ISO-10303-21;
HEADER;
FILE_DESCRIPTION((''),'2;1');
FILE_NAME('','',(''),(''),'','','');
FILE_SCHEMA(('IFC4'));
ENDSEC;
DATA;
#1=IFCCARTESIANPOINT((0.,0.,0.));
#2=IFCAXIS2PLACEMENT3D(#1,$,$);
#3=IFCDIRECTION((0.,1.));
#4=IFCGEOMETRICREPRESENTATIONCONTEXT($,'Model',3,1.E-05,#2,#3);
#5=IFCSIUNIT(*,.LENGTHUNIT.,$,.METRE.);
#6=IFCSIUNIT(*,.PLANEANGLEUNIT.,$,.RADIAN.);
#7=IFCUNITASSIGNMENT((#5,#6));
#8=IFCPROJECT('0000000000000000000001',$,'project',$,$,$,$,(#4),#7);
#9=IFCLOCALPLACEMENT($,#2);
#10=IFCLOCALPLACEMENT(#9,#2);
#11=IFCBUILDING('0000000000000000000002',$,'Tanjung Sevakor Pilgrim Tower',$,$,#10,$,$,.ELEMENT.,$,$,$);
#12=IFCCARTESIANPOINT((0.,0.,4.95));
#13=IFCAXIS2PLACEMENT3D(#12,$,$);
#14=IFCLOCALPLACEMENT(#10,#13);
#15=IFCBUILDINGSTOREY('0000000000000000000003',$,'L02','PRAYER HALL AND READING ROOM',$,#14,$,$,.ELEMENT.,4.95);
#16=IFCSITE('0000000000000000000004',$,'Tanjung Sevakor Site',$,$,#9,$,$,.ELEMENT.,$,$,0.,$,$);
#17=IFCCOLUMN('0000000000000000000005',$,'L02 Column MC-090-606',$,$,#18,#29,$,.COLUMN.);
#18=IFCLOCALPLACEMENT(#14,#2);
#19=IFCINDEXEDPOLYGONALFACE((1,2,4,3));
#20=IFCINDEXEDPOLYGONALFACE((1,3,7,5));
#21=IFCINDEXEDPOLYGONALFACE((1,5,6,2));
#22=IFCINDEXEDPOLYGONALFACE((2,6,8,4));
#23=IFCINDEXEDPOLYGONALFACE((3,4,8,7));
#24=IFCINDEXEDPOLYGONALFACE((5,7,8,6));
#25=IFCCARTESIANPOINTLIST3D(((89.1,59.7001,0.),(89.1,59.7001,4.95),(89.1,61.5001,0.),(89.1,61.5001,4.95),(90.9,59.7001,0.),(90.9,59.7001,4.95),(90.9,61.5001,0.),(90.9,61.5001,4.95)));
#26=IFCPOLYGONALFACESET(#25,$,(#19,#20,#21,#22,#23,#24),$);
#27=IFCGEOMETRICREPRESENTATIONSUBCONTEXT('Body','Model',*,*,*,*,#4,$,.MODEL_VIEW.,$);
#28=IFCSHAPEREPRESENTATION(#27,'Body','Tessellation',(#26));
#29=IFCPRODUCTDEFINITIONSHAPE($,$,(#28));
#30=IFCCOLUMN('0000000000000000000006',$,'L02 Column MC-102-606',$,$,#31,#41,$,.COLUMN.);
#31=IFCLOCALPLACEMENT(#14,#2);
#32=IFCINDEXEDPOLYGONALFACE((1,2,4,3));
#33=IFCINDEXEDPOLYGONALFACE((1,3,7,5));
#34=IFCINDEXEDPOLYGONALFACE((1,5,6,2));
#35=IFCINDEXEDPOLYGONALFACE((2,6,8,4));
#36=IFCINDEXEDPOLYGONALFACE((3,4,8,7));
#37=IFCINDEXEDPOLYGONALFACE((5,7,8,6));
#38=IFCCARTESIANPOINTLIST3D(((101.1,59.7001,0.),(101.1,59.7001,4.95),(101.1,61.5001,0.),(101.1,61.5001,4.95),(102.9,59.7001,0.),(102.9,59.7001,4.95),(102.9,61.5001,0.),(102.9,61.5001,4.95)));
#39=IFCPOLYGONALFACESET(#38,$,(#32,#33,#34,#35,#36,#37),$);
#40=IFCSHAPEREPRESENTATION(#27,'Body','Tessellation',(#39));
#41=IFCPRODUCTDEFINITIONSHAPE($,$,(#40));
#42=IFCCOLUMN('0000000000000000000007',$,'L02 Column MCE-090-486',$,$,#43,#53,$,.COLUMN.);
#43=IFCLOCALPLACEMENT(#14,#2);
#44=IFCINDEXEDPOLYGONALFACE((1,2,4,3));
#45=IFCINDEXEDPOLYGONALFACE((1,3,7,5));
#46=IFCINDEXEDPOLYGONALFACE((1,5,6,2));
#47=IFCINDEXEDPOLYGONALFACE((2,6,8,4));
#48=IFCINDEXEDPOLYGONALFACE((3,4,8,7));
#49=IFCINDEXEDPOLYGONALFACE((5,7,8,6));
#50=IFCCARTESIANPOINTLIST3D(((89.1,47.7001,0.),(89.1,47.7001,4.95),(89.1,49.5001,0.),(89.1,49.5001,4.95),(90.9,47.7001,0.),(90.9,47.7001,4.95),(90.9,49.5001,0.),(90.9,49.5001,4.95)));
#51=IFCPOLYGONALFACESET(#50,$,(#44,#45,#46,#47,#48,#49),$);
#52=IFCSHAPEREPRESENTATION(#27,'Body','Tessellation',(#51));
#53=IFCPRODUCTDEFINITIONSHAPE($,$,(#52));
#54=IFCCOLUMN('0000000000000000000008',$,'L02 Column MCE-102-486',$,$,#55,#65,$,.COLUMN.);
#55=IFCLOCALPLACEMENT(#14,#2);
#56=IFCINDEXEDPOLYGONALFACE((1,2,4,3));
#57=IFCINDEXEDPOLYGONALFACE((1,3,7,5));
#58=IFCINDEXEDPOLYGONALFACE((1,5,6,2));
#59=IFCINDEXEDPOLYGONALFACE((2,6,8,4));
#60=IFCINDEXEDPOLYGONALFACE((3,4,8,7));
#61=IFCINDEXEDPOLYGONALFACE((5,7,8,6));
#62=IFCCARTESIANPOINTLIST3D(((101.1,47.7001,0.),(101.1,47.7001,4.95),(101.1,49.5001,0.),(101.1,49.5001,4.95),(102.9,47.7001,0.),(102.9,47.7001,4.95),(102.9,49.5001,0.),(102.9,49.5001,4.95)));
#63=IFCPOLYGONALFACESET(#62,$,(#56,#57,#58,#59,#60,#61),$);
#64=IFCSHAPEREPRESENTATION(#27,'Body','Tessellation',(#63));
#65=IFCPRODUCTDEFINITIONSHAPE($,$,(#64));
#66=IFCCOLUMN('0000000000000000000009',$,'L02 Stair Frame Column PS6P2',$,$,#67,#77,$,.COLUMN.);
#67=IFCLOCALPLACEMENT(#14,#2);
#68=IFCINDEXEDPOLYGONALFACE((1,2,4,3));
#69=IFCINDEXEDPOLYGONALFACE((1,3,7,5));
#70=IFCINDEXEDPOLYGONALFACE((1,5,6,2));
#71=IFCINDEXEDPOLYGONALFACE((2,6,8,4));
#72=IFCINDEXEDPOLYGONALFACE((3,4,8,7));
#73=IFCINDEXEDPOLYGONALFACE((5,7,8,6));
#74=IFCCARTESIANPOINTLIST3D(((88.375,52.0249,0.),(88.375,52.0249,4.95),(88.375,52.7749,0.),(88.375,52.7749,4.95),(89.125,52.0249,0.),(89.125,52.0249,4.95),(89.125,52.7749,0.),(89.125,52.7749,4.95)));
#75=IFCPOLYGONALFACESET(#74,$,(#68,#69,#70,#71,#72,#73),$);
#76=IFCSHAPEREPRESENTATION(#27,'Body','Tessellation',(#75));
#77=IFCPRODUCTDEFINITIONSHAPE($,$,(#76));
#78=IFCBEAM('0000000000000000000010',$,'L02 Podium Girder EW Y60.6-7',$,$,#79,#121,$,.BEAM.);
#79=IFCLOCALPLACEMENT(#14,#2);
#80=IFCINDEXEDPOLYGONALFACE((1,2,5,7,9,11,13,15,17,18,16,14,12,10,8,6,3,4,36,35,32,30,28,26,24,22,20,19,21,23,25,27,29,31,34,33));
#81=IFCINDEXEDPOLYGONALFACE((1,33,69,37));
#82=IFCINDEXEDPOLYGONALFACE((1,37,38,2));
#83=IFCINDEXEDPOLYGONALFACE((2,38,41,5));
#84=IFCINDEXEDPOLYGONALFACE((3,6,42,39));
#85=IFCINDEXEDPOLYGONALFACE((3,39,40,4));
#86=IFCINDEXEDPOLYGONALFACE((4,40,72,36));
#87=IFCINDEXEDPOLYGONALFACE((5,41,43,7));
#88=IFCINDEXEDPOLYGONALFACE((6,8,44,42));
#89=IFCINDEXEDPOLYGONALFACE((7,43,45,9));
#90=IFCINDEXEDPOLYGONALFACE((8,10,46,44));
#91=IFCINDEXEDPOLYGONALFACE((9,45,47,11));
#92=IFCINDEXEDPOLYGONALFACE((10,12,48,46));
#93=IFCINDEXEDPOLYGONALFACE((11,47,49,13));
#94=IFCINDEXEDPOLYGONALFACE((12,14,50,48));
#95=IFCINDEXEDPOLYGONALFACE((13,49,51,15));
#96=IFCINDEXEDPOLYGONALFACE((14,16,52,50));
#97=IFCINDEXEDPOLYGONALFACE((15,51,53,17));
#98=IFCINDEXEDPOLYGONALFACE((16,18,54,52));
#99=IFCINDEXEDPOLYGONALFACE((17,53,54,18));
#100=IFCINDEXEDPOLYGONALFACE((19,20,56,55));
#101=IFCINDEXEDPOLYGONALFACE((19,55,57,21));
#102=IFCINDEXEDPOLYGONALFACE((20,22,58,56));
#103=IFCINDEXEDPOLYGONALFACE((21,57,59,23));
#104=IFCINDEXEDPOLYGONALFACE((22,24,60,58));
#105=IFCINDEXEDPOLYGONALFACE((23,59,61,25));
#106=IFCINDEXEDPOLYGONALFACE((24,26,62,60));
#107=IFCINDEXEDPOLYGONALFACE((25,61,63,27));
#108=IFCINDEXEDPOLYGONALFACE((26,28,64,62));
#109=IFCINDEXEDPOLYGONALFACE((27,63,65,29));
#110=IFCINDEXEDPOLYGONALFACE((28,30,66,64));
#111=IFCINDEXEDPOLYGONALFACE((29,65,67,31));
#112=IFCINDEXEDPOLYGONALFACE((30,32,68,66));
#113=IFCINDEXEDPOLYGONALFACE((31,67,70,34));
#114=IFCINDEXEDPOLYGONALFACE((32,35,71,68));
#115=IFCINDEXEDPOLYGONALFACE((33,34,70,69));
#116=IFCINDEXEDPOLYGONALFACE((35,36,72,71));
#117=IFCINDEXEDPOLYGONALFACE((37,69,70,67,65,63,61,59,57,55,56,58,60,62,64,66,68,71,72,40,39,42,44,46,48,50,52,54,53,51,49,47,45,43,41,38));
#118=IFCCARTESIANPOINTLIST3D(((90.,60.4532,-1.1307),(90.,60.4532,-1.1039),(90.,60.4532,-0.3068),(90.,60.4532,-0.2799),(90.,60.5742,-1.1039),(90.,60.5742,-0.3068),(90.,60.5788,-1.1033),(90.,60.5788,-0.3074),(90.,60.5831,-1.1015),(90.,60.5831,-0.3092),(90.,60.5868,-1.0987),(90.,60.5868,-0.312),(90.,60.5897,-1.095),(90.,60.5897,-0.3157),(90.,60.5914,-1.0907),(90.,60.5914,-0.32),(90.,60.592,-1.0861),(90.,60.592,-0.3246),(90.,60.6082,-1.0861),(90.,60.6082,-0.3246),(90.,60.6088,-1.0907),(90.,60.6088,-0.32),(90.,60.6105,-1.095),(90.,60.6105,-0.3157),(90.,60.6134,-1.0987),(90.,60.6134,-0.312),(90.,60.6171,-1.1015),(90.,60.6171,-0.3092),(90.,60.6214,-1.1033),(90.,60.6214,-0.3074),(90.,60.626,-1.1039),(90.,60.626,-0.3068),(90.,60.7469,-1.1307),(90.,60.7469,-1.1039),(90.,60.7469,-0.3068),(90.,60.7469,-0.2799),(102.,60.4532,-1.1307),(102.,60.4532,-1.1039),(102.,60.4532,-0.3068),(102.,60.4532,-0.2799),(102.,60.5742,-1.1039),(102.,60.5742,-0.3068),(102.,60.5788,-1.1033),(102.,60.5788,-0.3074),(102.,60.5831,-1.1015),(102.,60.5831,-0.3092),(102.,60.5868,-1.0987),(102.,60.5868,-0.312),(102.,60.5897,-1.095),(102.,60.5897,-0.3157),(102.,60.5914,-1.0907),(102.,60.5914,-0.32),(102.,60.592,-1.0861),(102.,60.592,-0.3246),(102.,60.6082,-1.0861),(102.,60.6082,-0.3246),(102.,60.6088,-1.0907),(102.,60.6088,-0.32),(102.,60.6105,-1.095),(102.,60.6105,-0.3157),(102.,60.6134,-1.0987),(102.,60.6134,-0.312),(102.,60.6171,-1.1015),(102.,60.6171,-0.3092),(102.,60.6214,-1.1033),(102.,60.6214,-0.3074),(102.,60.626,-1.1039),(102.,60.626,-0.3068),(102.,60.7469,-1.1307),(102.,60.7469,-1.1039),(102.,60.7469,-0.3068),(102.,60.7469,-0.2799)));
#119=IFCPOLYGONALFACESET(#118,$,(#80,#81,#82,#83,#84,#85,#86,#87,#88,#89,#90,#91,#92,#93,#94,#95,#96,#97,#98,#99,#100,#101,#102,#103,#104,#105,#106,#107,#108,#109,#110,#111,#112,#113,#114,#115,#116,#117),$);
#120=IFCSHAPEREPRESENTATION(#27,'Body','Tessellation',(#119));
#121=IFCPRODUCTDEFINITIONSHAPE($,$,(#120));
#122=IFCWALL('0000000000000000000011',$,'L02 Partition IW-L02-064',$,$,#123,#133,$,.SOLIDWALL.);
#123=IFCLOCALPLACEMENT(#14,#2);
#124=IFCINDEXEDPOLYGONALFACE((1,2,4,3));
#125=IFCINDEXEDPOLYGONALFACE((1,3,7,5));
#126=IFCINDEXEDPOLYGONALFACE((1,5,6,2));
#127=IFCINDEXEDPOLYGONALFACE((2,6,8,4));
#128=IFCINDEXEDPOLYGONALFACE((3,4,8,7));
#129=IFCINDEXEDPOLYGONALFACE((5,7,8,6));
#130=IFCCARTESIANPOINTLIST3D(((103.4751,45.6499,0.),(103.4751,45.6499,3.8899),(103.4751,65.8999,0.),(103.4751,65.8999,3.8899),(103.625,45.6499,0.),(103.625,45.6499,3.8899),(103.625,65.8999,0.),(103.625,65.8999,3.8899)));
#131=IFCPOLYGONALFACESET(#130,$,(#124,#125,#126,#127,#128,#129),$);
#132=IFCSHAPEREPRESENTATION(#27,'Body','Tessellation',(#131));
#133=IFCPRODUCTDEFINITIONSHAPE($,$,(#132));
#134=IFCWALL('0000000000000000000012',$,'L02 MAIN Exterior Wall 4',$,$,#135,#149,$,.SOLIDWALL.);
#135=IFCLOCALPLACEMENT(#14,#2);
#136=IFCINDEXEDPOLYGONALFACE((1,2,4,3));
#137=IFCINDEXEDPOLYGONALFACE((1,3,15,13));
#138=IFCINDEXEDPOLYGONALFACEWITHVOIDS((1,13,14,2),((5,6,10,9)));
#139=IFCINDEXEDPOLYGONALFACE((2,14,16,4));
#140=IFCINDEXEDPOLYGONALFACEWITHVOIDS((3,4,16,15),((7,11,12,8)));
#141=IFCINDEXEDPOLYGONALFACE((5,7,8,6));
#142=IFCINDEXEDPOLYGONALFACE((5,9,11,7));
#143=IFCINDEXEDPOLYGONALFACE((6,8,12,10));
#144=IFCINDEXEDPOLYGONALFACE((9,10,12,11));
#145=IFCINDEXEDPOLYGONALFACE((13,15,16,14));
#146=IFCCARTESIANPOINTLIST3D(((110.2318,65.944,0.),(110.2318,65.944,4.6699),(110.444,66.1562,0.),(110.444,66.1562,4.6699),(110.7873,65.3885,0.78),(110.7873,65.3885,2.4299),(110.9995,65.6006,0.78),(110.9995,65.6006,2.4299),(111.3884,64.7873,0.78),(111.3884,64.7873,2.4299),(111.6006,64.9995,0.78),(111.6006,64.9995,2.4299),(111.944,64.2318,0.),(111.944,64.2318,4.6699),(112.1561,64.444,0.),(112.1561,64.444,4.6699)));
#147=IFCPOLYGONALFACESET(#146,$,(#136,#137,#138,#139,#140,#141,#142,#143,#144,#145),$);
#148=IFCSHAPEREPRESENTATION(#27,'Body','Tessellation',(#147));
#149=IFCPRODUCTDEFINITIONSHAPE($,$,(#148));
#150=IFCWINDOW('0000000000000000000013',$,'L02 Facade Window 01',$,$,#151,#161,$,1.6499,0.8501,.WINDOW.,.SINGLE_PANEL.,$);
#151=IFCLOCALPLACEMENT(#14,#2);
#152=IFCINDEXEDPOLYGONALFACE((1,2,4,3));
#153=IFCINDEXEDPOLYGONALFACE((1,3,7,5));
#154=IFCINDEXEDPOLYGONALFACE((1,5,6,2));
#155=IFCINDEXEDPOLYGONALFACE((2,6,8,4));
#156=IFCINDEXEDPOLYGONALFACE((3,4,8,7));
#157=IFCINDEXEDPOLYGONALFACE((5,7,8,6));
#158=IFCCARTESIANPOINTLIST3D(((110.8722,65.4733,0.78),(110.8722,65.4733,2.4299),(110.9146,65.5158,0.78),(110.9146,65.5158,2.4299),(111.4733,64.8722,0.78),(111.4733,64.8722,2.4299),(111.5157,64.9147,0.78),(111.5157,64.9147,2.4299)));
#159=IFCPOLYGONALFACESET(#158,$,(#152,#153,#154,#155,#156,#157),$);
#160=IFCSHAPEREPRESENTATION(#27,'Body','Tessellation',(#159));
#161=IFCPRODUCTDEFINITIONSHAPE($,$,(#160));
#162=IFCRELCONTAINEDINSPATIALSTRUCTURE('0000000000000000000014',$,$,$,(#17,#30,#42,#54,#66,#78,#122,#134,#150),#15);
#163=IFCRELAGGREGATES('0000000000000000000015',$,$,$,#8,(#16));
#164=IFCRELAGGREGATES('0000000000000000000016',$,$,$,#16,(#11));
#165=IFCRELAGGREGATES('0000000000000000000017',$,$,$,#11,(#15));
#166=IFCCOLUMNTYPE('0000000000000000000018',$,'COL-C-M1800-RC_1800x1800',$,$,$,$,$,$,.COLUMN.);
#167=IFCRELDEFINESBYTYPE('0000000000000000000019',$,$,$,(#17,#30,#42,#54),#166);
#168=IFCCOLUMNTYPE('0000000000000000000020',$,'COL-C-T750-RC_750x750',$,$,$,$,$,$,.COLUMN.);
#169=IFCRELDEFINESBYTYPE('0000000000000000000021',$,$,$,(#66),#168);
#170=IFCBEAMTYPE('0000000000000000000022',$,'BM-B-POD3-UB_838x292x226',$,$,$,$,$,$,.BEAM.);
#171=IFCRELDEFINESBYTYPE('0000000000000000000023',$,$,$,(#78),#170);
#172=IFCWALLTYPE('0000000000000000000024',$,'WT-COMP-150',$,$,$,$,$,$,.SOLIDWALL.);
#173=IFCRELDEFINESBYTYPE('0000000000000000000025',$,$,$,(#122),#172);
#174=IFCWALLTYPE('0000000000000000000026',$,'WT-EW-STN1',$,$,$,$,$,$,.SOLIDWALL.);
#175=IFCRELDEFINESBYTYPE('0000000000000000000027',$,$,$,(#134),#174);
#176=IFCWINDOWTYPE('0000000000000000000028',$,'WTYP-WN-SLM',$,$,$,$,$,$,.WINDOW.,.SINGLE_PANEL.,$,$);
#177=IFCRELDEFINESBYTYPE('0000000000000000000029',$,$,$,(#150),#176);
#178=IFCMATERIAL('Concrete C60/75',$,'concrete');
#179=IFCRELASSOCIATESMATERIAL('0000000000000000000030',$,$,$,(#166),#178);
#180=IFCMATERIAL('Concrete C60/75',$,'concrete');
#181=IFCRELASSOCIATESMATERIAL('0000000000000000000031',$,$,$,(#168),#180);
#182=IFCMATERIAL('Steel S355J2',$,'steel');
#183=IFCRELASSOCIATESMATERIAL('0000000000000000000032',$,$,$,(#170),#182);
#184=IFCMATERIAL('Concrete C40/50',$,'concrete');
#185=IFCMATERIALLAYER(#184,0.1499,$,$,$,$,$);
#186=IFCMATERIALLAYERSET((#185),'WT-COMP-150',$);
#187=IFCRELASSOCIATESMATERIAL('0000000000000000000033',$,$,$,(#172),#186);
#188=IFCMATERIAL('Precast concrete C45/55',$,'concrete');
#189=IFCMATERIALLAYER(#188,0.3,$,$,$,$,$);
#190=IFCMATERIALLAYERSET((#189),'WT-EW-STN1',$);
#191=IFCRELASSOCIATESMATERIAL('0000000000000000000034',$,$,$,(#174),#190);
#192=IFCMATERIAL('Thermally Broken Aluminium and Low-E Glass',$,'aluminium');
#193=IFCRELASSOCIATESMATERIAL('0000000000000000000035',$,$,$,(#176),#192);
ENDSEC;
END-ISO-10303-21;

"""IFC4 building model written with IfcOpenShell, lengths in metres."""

from ifc_helpers import new_model, si_unit, direction, frame, frame_2d, origin, origin_2d, place, context, subcontext, project, spatial, rectangle, i_section, extrude, material, layer, layer_set, material_profile, profile_set, type_object, element, fill, save


model = new_model("IFC4")

# Units and contexts
model_context = context("Model", 3, precision=1e-05, world=origin(), true_north=direction((0.0, 1.0)))
body_context = subcontext(model_context, "Body", "Model", "MODEL_VIEW")
ifc_project = project(units=[si_unit("LENGTHUNIT", "METRE"), si_unit("PLANEANGLEUNIT", "RADIAN")], contexts=[model_context])

# Site, building, storey
site_placement = place(None, origin())
site = spatial("IfcSite", under=ifc_project, at=site_placement, Name="Tanjung Sevakor Site", CompositionType="ELEMENT", RefElevation=0.0)
building_placement = place(site_placement, origin())
building = spatial("IfcBuilding", under=site, at=building_placement, Name="Tanjung Sevakor Pilgrim Tower", CompositionType="ELEMENT")
storey_placement = place(building_placement, frame((0.0, 0.0, 4.95)))
storey = spatial("IfcBuildingStorey", under=building, at=storey_placement, Name="L02", Description="PRAYER HALL AND READING ROOM", CompositionType="ELEMENT", Elevation=4.95)

# Columns
ifc_material_1 = material(Name="Concrete C60/75", Category="concrete")
ifc_material_profile_1 = material_profile(ifc_material_1, rectangle(XDim=1.8, YDim=1.8, at=origin_2d()))
ifc_profile_set_1 = profile_set([ifc_material_profile_1], Name="Concrete C60/75")
column_type_1 = type_object("IfcColumnType", Name="COL-C-M1800-RC_1800x1800", PredefinedType="COLUMN", material=ifc_profile_set_1)
for number, where, z_axis, x_axis, name in (
    (1, (90.0, 60.6001, 0.0), (0.0, 0.0, 1.0), (1.0, 0.0, 0.0), "L02 Column MC-090-606"),
    (2, (102.0, 60.6001, 0.0), (0.0, 0.0, 1.0), (1.0, 0.0, 0.0), "L02 Column MC-102-606"),
    (3, (90.0, 48.6001, 0.0), (0.0, 0.0, 1.0), (1.0, 0.0, 0.0), "L02 Column MCE-090-486"),
    (4, (102.0, 48.6001, 0.0), (0.0, 0.0, 1.0), (1.0, 0.0, 0.0), "L02 Column MCE-102-486"),
):
    element("IfcColumn", number, at=place(storey_placement, frame(where, z_axis=z_axis, x_axis=x_axis)), inside=storey, type_object=column_type_1, Name=name, PredefinedType="COLUMN", context=body_context, shape_type="SweptSolid", body=[
        extrude(rectangle(XDim=1.8, YDim=1.8, at=origin_2d()), origin(), (0.0, 0.0, 1.0), 4.95),
    ])
ifc_material_2 = material(Name="Concrete C60/75", Category="concrete")
ifc_material_profile_2 = material_profile(ifc_material_2, rectangle(XDim=0.75, YDim=0.75, at=origin_2d()))
ifc_profile_set_2 = profile_set([ifc_material_profile_2], Name="Concrete C60/75")
column_type_2 = type_object("IfcColumnType", Name="COL-C-T750-RC_750x750", PredefinedType="COLUMN", material=ifc_profile_set_2)
column_placement = place(storey_placement, frame((88.75, 52.3999, 0.0), z_axis=(0.0, 0.0, 1.0), x_axis=(1.0, 0.0, 0.0)))
element("IfcColumn", 5, at=column_placement, inside=storey, type_object=column_type_2, Name="L02 Stair Frame Column PS6P2", PredefinedType="COLUMN", context=body_context, shape_type="SweptSolid", body=[
    extrude(rectangle(XDim=0.75, YDim=0.75, at=origin_2d()), origin(), (0.0, 0.0, 1.0), 4.95),
])

# Beam
ifc_material_3 = material(Name="Steel S355J2", Category="steel")
ifc_material_profile_3 = material_profile(ifc_material_3, i_section(OverallWidth=0.2937, OverallDepth=0.8508, WebThickness=0.0161, FlangeThickness=0.0269, FilletRadius=0.0178, at=origin_2d()))
ifc_profile_set_3 = profile_set([ifc_material_profile_3], Name="Steel S355J2")
beam_type = type_object("IfcBeamType", Name="BM-B-POD3-UB_838x292x226", PredefinedType="BEAM", material=ifc_profile_set_3)
beam_placement = place(storey_placement, frame((90.0, 60.6001, -0.7053), z_axis=(1.0, 0.0, 0.0), x_axis=(0.0, 1.0, 0.0)))
element("IfcBeam", 6, at=beam_placement, inside=storey, type_object=beam_type, Name="L02 Podium Girder EW Y60.6-7", PredefinedType="BEAM", context=body_context, shape_type="SweptSolid", body=[
    extrude(i_section(OverallWidth=0.2937, OverallDepth=0.8508, WebThickness=0.0161, FlangeThickness=0.0269, FilletRadius=0.0178, at=origin_2d()), origin(), (0.0, 0.0, 1.0), 12.0),
])

# Wall
ifc_material_4 = material(Name="Concrete C40/50", Category="concrete")
ifc_layer_1 = layer(ifc_material_4, 0.1499)
ifc_layer_set_1 = layer_set([ifc_layer_1], Name="WT-COMP-150")
wall_type_1 = type_object("IfcWallType", Name="WT-COMP-150", PredefinedType="SOLIDWALL", material=ifc_layer_set_1)
wall_1_placement = place(storey_placement, frame((103.55, 45.6499, 0.0), z_axis=(0.0, 0.0, 1.0), x_axis=(0.0, 1.0, 0.0)))
element("IfcWall", 7, at=wall_1_placement, inside=storey, type_object=wall_type_1, Name="L02 Partition IW-L02-064", PredefinedType="SOLIDWALL", context=body_context, shape_type="SweptSolid", body=[
    extrude(rectangle(XDim=20.25, YDim=0.1499, at=frame_2d((10.125, 0.0))), origin(), (0.0, 0.0, 1.0), 3.8899),
])

# Wall, opening, window
ifc_material_5 = material(Name="Precast concrete C45/55", Category="concrete")
ifc_layer_2 = layer(ifc_material_5, 0.3)
ifc_layer_set_2 = layer_set([ifc_layer_2], Name="WT-EW-STN1")
wall_type_2 = type_object("IfcWallType", Name="WT-EW-STN1", PredefinedType="SOLIDWALL", material=ifc_layer_set_2)
wall_2_placement = place(storey_placement, frame((112.05, 64.3379, 0.0), z_axis=(0.0, 0.0, 1.0), x_axis=(-0.707107, 0.707107, 0.0)))
wall_2 = element("IfcWall", 8, at=wall_2_placement, inside=storey, type_object=wall_type_2, Name="L02 MAIN Exterior Wall 4", PredefinedType="SOLIDWALL", context=body_context, shape_type="SweptSolid", body=[
    extrude(rectangle(XDim=2.4214, YDim=0.3, at=frame_2d((1.2107, 0.0))), origin(), (0.0, 0.0, 1.0), 4.6699),
])
opening_1_placement = place(wall_2_placement, frame((0.7856, 0.0, 0.78)))
opening_1 = element("IfcOpeningElement", 9, at=opening_1_placement, cuts=wall_2, PredefinedType="OPENING", context=body_context, shape_type="SweptSolid", body=[
    extrude(rectangle(XDim=0.8501, YDim=1.6499, at=frame_2d((0.425, 0.825))), frame((0.0, 0.1599, 0.0), z_axis=(0.0, -1.0, 0.0), x_axis=(1.0, 0.0, 0.0)), (0.0, 0.0, 1.0), 0.3201),
])
ifc_material_6 = material(Name="Thermally Broken Aluminium and Low-E Glass", Category="aluminium")
window_type_1 = type_object("IfcWindowType", Name="WTYP-WN-SLM", PartitioningType="SINGLE_PANEL", PredefinedType="WINDOW", material=ifc_material_6)
window_1_placement = place(opening_1_placement, origin())
window_1 = element("IfcWindow", 10, at=window_1_placement, inside=storey, type_object=window_type_1, Name="L02 Facade Window 01", OverallHeight=1.6499, OverallWidth=0.8501, PartitioningType="SINGLE_PANEL", PredefinedType="WINDOW", context=body_context, shape_type="SweptSolid", body=[
    extrude(rectangle(XDim=0.8501, YDim=1.6499, at=frame_2d((0.425, 0.825))), frame((0.0, 0.03, 0.0), z_axis=(0.0, -1.0, 0.0), x_axis=(1.0, 0.0, 0.0)), (0.0, 0.0, 1.0), 0.0601),
])
fill(opening_1, window_1)

save(model, "model.ifc")
